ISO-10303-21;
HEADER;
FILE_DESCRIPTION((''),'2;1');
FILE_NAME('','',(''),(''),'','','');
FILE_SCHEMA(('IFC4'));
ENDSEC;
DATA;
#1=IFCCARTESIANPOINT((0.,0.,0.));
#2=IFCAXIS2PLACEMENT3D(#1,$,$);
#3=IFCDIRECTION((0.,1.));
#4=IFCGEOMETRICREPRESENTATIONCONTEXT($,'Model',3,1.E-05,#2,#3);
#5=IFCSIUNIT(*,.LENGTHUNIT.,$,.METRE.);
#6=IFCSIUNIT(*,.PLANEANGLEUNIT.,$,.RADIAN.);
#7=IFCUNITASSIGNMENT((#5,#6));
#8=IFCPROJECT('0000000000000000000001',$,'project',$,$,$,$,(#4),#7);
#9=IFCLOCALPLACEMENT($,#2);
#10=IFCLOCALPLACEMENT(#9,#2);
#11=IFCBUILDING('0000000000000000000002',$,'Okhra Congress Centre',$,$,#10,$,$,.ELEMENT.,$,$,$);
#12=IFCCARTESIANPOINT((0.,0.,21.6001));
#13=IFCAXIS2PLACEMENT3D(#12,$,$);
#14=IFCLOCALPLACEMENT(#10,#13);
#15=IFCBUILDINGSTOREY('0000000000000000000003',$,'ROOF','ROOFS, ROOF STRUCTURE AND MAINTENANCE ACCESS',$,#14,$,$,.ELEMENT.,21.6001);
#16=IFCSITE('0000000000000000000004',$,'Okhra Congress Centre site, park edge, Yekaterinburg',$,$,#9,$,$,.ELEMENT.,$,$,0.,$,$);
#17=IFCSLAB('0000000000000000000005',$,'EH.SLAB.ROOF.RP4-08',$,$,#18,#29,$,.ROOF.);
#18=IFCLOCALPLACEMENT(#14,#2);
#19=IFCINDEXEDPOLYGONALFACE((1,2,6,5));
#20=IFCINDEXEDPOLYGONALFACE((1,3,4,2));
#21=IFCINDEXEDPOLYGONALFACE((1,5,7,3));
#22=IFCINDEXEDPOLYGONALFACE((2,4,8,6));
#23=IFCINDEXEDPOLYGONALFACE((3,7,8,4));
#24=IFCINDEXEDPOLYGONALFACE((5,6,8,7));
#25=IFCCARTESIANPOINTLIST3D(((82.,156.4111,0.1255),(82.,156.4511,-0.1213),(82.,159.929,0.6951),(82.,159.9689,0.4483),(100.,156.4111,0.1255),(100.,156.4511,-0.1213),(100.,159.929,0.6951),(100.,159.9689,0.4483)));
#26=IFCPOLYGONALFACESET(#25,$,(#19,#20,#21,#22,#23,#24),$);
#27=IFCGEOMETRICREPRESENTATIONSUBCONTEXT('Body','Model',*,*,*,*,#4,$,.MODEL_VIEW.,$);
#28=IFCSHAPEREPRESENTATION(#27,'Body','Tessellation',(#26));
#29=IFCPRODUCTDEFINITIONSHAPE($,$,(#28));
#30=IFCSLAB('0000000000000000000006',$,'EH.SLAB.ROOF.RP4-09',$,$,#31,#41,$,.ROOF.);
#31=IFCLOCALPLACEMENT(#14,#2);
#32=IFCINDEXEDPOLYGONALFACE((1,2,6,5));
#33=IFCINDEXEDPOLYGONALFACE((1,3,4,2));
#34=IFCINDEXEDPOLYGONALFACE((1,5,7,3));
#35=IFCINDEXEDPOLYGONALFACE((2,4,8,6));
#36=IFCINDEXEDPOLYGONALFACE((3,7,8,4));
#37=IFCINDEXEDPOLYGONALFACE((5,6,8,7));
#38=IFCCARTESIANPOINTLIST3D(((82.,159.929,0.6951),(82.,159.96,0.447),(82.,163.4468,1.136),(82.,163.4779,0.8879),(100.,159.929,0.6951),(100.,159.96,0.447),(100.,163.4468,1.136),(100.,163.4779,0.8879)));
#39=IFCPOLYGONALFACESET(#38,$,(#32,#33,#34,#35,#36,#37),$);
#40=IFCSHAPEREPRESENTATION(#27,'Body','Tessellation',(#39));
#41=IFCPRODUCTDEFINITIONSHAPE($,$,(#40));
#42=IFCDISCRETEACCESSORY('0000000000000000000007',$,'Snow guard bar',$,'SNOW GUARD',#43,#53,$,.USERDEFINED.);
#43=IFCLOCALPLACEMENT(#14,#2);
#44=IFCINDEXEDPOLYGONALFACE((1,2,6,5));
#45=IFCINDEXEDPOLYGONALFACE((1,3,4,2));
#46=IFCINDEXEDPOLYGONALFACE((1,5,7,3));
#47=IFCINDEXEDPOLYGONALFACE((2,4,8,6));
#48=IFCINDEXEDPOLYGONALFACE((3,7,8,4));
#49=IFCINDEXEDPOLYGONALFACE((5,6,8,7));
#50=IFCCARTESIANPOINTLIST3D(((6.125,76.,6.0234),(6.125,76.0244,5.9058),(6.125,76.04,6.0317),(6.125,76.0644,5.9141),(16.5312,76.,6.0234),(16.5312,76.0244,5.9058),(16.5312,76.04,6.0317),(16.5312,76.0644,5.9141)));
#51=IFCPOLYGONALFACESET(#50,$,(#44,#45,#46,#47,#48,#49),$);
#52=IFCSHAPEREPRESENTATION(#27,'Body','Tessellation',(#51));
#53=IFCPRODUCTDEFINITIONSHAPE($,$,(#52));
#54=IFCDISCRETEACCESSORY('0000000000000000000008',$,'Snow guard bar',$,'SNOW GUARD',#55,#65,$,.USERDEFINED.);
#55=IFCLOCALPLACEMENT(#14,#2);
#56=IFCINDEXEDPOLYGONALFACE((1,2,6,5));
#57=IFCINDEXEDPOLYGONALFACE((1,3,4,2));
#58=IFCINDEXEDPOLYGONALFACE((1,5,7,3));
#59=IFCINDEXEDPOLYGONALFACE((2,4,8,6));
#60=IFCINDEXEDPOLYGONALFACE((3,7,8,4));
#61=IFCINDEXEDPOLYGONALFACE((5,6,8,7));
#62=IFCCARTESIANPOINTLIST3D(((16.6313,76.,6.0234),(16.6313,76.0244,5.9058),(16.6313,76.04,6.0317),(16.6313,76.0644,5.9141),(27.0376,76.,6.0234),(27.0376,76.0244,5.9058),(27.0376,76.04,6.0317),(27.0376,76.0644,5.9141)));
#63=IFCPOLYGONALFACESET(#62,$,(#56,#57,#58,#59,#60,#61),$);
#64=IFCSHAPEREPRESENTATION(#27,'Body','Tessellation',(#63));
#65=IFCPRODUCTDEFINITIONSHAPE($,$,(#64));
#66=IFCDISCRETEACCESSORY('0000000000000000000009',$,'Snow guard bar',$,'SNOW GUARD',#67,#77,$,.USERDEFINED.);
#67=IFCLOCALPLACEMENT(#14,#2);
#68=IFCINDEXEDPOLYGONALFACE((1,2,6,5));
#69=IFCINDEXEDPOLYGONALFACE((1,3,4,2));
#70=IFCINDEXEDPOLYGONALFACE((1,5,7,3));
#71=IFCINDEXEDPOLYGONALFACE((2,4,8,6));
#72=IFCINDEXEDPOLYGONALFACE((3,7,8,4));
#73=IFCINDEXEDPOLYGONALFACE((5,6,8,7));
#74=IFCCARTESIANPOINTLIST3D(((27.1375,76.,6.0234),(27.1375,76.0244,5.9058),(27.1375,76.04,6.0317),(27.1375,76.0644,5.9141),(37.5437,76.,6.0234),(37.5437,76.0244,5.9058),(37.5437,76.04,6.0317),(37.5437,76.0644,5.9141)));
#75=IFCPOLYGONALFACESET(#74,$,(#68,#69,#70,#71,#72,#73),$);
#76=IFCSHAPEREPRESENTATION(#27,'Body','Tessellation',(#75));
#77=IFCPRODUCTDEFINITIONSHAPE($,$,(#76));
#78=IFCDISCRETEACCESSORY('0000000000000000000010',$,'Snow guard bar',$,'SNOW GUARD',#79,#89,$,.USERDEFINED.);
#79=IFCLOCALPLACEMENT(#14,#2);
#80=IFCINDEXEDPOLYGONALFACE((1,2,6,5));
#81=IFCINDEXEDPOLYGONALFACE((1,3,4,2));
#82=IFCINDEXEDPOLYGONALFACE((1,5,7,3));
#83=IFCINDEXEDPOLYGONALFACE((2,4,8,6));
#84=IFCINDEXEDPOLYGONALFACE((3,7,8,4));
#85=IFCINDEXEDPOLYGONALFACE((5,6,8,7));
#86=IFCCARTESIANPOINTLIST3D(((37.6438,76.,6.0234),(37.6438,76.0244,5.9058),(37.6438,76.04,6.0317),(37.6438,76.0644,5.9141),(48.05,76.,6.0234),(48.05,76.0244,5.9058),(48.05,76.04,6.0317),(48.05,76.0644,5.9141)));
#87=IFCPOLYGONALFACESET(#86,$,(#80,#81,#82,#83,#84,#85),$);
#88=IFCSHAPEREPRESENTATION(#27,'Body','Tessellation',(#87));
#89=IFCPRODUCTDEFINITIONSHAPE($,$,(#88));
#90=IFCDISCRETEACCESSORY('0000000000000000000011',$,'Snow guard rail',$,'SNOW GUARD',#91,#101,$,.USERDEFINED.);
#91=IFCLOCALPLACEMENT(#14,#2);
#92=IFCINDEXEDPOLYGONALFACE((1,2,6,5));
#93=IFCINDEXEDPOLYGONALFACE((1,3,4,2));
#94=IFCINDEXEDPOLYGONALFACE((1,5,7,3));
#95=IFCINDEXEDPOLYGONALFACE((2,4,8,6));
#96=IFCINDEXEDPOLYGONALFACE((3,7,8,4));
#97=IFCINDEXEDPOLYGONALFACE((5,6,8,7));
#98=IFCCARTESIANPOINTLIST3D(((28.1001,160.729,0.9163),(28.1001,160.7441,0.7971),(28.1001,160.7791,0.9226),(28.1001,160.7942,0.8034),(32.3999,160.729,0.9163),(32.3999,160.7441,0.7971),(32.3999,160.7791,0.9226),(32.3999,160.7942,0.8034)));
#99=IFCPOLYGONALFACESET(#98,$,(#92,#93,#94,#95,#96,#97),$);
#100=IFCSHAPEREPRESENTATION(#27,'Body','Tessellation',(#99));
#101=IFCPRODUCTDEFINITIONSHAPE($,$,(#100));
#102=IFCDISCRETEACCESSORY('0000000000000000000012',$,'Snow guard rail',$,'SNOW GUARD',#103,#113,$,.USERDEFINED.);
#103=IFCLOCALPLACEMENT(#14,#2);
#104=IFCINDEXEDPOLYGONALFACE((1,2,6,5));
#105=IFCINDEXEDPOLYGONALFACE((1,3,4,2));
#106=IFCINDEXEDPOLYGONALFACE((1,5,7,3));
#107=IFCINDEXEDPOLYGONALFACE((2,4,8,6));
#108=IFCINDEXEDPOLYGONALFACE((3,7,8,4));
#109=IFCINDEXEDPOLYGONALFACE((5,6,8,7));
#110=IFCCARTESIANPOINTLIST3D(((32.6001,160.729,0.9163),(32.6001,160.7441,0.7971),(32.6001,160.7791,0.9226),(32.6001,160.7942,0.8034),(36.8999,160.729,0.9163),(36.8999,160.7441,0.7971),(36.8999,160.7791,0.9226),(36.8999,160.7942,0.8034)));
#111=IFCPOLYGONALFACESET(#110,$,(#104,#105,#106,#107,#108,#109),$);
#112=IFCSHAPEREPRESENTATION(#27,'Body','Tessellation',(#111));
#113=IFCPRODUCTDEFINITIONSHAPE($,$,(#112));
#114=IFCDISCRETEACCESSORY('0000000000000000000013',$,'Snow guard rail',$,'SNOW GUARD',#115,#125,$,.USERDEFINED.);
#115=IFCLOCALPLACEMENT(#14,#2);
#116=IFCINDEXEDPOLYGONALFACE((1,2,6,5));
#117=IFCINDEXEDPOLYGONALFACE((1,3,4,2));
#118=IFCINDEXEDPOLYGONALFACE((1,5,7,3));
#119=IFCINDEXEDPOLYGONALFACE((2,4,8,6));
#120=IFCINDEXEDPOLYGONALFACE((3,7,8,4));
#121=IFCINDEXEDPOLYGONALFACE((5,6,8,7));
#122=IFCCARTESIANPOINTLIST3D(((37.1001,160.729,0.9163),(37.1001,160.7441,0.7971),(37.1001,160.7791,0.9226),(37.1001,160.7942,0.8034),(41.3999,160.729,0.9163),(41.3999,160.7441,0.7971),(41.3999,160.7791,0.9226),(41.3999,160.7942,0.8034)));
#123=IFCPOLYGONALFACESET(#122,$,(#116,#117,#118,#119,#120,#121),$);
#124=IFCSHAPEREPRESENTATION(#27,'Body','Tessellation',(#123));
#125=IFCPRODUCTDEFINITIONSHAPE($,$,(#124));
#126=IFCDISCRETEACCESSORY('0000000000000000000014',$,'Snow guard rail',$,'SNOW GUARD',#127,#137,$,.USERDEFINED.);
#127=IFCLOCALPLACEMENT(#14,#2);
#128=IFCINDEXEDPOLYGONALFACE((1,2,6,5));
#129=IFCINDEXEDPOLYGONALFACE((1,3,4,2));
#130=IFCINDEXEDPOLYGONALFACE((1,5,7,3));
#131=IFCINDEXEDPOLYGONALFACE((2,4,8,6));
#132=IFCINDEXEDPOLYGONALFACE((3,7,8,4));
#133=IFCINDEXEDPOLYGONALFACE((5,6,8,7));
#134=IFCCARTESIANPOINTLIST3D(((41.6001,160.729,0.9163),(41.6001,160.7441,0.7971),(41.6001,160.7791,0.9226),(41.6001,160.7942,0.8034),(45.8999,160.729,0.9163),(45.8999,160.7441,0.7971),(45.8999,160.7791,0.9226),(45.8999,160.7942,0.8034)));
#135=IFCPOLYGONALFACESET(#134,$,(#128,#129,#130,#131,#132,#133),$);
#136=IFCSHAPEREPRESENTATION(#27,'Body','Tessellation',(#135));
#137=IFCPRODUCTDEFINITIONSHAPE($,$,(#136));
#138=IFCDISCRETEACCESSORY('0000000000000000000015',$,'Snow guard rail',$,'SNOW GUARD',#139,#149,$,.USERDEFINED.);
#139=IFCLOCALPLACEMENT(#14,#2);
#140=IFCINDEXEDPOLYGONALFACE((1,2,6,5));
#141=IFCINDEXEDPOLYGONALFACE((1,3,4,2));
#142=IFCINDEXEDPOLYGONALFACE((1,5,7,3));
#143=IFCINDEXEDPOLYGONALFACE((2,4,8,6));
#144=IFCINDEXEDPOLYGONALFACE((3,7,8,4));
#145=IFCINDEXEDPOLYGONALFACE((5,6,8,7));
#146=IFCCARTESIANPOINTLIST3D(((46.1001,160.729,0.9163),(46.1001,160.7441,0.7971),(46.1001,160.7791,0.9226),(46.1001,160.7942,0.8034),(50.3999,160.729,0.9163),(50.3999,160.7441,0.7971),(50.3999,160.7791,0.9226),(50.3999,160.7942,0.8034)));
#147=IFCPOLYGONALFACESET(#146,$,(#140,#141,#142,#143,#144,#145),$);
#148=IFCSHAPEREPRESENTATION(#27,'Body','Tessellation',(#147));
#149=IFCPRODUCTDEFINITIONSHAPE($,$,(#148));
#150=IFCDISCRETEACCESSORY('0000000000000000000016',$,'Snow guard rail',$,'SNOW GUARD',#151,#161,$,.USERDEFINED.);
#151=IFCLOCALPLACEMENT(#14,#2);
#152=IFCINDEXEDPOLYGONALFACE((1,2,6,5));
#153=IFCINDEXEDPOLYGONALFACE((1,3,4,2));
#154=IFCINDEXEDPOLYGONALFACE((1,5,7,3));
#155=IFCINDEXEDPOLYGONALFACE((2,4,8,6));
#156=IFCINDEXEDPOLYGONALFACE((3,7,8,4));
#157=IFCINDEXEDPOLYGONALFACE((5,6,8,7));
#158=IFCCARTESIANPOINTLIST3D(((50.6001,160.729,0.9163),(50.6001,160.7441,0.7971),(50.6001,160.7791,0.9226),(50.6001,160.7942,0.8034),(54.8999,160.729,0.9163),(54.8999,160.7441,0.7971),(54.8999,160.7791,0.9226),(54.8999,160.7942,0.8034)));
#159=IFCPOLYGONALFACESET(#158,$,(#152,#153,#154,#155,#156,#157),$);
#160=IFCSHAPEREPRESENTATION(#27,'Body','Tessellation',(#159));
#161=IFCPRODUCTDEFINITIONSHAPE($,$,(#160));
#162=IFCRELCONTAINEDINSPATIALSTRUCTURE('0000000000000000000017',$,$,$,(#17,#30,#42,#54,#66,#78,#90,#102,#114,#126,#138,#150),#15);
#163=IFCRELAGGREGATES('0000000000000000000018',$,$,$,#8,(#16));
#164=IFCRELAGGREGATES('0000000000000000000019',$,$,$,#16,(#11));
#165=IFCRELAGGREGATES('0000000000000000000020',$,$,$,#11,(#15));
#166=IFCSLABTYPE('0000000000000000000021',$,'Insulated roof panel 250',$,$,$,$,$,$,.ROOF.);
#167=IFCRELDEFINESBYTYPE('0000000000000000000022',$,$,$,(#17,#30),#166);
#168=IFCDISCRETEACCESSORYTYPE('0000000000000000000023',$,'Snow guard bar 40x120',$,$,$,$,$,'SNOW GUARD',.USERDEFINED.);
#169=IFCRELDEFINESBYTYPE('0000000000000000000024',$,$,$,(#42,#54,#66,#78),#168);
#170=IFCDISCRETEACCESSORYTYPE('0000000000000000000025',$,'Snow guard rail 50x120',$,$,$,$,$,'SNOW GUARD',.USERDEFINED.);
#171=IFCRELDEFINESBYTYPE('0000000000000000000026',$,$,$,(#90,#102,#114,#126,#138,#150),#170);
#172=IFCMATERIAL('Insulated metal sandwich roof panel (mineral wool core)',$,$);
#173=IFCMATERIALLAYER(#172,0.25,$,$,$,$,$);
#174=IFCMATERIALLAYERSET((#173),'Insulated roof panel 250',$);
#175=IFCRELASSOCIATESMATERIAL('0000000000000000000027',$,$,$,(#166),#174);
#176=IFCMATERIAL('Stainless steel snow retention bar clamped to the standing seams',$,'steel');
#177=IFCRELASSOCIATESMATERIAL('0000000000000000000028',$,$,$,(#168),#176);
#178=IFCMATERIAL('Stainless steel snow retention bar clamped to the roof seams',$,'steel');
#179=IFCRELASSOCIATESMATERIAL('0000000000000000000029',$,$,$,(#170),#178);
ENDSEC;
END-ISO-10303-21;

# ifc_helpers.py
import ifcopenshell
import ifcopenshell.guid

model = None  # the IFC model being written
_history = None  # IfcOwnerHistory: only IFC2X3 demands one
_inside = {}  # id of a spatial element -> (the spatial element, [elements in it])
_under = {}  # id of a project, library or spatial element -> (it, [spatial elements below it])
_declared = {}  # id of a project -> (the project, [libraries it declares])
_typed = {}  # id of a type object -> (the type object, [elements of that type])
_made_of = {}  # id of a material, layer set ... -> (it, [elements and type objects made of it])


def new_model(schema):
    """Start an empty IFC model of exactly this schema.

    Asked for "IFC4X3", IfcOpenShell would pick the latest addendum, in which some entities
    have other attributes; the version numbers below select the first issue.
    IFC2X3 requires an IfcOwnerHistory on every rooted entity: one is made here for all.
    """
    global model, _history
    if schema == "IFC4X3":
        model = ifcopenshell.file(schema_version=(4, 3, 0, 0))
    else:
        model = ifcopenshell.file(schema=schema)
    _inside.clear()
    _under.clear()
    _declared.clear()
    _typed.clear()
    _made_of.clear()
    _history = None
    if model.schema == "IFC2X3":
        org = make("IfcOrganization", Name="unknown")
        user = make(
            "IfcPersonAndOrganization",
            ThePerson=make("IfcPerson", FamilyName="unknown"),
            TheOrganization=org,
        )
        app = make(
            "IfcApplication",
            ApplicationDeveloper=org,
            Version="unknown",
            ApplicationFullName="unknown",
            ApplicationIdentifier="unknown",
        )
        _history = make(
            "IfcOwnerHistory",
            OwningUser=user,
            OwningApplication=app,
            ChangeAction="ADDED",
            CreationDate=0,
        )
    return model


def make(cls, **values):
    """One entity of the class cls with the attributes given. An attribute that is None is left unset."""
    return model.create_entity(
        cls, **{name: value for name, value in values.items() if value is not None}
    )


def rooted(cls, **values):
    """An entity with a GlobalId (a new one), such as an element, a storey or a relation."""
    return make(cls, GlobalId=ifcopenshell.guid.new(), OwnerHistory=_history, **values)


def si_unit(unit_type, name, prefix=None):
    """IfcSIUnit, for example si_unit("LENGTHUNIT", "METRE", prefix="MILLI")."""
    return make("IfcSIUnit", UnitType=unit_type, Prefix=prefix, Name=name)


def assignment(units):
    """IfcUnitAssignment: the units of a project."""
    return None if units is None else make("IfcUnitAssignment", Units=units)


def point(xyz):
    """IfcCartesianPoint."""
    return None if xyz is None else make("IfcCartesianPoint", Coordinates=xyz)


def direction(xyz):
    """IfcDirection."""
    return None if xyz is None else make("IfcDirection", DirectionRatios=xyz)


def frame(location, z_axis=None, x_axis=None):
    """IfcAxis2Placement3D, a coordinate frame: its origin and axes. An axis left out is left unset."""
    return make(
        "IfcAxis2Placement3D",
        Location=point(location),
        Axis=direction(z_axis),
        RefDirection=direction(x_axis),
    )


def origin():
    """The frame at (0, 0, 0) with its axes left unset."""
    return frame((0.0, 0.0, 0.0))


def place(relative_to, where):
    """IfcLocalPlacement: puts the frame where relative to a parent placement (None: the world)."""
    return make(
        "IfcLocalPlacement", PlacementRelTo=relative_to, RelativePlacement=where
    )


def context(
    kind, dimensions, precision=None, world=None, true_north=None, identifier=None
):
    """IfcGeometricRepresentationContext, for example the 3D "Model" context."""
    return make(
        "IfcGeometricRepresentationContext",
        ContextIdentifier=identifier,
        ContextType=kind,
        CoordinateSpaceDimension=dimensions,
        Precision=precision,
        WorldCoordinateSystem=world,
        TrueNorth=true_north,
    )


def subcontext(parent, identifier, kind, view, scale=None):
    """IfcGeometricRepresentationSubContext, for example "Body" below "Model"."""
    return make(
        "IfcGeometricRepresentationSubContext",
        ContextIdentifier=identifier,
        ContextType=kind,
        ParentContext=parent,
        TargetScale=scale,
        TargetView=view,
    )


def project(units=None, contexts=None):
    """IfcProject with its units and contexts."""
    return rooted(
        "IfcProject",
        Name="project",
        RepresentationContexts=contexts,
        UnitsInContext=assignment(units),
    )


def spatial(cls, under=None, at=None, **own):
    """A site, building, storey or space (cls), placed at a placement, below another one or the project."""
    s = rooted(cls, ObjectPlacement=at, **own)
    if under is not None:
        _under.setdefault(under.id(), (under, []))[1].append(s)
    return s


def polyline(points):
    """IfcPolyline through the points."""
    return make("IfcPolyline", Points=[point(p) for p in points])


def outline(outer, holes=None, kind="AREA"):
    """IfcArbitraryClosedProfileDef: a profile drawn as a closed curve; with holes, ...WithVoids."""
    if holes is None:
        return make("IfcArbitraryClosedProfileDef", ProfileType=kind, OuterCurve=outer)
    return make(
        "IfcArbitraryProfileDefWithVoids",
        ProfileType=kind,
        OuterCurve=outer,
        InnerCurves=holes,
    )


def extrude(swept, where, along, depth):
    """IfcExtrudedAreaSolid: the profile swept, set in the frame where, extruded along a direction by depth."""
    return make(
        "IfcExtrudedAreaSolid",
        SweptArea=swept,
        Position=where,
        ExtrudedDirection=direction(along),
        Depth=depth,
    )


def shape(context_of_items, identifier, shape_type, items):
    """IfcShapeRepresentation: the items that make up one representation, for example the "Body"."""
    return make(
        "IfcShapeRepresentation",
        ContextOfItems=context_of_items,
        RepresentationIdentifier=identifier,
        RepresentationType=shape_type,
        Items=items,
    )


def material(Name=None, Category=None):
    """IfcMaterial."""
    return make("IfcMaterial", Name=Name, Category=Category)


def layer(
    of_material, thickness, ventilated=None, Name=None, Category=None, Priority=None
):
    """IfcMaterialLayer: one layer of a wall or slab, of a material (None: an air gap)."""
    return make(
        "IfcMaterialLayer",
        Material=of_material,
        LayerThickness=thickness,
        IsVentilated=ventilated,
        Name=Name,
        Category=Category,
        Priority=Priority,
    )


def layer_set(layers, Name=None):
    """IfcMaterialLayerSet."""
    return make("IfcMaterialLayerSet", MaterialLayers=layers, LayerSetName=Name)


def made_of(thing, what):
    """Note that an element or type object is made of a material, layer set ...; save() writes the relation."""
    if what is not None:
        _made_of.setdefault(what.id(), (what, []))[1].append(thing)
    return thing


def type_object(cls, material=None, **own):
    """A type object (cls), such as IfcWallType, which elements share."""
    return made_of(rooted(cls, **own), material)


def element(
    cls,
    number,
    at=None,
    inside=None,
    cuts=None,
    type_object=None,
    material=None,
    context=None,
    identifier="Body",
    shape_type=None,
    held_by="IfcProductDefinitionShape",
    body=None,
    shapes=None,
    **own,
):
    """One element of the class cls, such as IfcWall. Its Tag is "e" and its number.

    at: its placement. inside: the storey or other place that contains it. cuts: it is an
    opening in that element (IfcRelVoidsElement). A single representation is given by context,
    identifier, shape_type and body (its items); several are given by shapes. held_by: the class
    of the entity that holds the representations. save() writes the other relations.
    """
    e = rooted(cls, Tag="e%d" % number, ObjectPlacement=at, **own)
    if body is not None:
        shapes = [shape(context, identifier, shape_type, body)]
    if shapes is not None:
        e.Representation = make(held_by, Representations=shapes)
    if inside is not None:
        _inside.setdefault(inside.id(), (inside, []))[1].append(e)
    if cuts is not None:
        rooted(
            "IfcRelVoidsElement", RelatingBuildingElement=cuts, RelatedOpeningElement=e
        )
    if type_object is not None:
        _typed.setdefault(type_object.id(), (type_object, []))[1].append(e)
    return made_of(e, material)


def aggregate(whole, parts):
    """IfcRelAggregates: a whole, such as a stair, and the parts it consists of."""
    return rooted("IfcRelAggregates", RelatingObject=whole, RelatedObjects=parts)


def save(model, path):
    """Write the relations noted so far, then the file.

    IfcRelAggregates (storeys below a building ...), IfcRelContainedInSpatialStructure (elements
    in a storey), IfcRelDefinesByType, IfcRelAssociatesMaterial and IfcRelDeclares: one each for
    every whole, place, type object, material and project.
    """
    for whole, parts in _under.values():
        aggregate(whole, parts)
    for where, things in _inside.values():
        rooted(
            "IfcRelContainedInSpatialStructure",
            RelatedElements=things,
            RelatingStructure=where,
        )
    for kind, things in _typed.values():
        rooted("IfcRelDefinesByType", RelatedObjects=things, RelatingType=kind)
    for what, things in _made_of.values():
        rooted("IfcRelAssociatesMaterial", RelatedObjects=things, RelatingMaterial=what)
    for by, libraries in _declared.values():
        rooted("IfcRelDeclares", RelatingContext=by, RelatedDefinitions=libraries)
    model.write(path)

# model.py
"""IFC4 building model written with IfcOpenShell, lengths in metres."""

from ifc_helpers import new_model, si_unit, direction, frame, origin, place, context, subcontext, project, spatial, polyline, outline, extrude, material, layer, layer_set, type_object, element, save


model = new_model("IFC4")

# Units and contexts
model_context = context("Model", 3, precision=1e-05, world=origin(), true_north=direction((0.0, 1.0)))
body_context = subcontext(model_context, "Body", "Model", "MODEL_VIEW")
ifc_project = project(units=[si_unit("LENGTHUNIT", "METRE"), si_unit("PLANEANGLEUNIT", "RADIAN")], contexts=[model_context])

# Site, building, storey
site_placement = place(None, origin())
site = spatial("IfcSite", under=ifc_project, at=site_placement, Name="Okhra Congress Centre site, park edge, Yekaterinburg", CompositionType="ELEMENT", RefElevation=0.0)
building_placement = place(site_placement, origin())
building = spatial("IfcBuilding", under=site, at=building_placement, Name="Okhra Congress Centre", CompositionType="ELEMENT")
storey_placement = place(building_placement, frame((0.0, 0.0, 21.6001)))
storey = spatial("IfcBuildingStorey", under=building, at=storey_placement, Name="ROOF", Description="ROOFS, ROOF STRUCTURE AND MAINTENANCE ACCESS", CompositionType="ELEMENT", Elevation=21.6001)

# Slabs
ifc_material_1 = material(Name="Insulated metal sandwich roof panel (mineral wool core)")
ifc_layer = layer(ifc_material_1, 0.25)
ifc_layer_set = layer_set([ifc_layer], Name="Insulated roof panel 250")
slab_type = type_object("IfcSlabType", Name="Insulated roof panel 250", PredefinedType="ROOF", material=ifc_layer_set)
slab_1_placement = place(storey_placement, frame((82.0, 156.4111, 0.1255), z_axis=(0.0, -0.159831, 0.987144), x_axis=(1.0, 0.0, 0.0)))
element("IfcSlab", 1, at=slab_1_placement, inside=storey, type_object=slab_type, Name="EH.SLAB.ROOF.RP4-08", PredefinedType="ROOF", context=body_context, shape_type="SweptSolid", body=[
    extrude(outline(polyline([(0.0, 0.0), (18.0, 0.0), (18.0, 3.5636), (0.0, 3.5636), (0.0, 0.0)])), origin(), (0.0, 0.0, -1.0), 0.25),
])
slab_2_placement = place(storey_placement, frame((82.0, 159.929, 0.6951), z_axis=(0.0, -0.124365, 0.992237), x_axis=(1.0, 0.0, 0.0)))
element("IfcSlab", 2, at=slab_2_placement, inside=storey, type_object=slab_type, Name="EH.SLAB.ROOF.RP4-09", PredefinedType="ROOF", context=body_context, shape_type="SweptSolid", body=[
    extrude(outline(polyline([(0.0, 0.0), (18.0, 0.0), (18.0, 3.5453), (0.0, 3.5453), (0.0, 0.0)])), origin(), (0.0, 0.0, -1.0), 0.25),
])

# Discrete accessories
ifc_material_2 = material(Name="Stainless steel snow retention bar clamped to the standing seams", Category="steel")
discrete_accessory_type_1 = type_object("IfcDiscreteAccessoryType", Name="Snow guard bar 40x120", ElementType="SNOW GUARD", PredefinedType="USERDEFINED", material=ifc_material_2)
for number, where, z_axis, x_axis, name in (
    (3, (6.125, 76.0, 6.0234), (0.0, -0.203, 0.979179), (1.0, 0.0, 0.0), "Snow guard bar"),
    (4, (16.6313, 76.0, 6.0234), (0.0, -0.203, 0.979179), (1.0, 0.0, 0.0), "Snow guard bar"),
    (5, (27.1375, 76.0, 6.0234), (0.0, -0.203, 0.979179), (1.0, 0.0, 0.0), "Snow guard bar"),
    (6, (37.6438, 76.0, 6.0234), (0.0, -0.203, 0.979179), (1.0, 0.0, 0.0), "Snow guard bar"),
):
    element("IfcDiscreteAccessory", number, at=place(storey_placement, frame(where, z_axis=z_axis, x_axis=x_axis)), inside=storey, type_object=discrete_accessory_type_1, Name=name, ObjectType="SNOW GUARD", PredefinedType="USERDEFINED", context=body_context, shape_type="SweptSolid", body=[
        extrude(outline(polyline([(0.0, 0.0), (10.4062, 0.0), (10.4062, 0.0409), (0.0, 0.0409), (0.0, 0.0)])), origin(), (0.0, 0.0, -1.0), 0.1201),
    ])
ifc_material_3 = material(Name="Stainless steel snow retention bar clamped to the roof seams", Category="steel")
discrete_accessory_type_2 = type_object("IfcDiscreteAccessoryType", Name="Snow guard rail 50x120", ElementType="SNOW GUARD", PredefinedType="USERDEFINED", material=ifc_material_3)
for number, where, z_axis, x_axis, name in (
    (7, (28.1001, 160.729, 0.9163), (0.0, -0.125821, 0.992053), (1.0, 0.0, 0.0), "Snow guard rail"),
    (8, (32.6001, 160.729, 0.9163), (0.0, -0.125821, 0.992053), (1.0, 0.0, 0.0), "Snow guard rail"),
    (9, (37.1001, 160.729, 0.9163), (0.0, -0.125821, 0.992053), (1.0, 0.0, 0.0), "Snow guard rail"),
    (10, (41.6001, 160.729, 0.9163), (0.0, -0.125821, 0.992053), (1.0, 0.0, 0.0), "Snow guard rail"),
    (11, (46.1001, 160.729, 0.9163), (0.0, -0.125821, 0.992053), (1.0, 0.0, 0.0), "Snow guard rail"),
    (12, (50.6001, 160.729, 0.9163), (0.0, -0.125821, 0.992053), (1.0, 0.0, 0.0), "Snow guard rail"),
):
    element("IfcDiscreteAccessory", number, at=place(storey_placement, frame(where, z_axis=z_axis, x_axis=x_axis)), inside=storey, type_object=discrete_accessory_type_2, Name=name, ObjectType="SNOW GUARD", PredefinedType="USERDEFINED", context=body_context, shape_type="SweptSolid", body=[
        extrude(outline(polyline([(0.0, 0.0), (4.2998, 0.0), (4.2998, 0.0504), (0.0, 0.0504), (0.0, 0.0)])), origin(), (0.0, 0.0, -1.0), 0.1201),
    ])

save(model, "model.ifc")
